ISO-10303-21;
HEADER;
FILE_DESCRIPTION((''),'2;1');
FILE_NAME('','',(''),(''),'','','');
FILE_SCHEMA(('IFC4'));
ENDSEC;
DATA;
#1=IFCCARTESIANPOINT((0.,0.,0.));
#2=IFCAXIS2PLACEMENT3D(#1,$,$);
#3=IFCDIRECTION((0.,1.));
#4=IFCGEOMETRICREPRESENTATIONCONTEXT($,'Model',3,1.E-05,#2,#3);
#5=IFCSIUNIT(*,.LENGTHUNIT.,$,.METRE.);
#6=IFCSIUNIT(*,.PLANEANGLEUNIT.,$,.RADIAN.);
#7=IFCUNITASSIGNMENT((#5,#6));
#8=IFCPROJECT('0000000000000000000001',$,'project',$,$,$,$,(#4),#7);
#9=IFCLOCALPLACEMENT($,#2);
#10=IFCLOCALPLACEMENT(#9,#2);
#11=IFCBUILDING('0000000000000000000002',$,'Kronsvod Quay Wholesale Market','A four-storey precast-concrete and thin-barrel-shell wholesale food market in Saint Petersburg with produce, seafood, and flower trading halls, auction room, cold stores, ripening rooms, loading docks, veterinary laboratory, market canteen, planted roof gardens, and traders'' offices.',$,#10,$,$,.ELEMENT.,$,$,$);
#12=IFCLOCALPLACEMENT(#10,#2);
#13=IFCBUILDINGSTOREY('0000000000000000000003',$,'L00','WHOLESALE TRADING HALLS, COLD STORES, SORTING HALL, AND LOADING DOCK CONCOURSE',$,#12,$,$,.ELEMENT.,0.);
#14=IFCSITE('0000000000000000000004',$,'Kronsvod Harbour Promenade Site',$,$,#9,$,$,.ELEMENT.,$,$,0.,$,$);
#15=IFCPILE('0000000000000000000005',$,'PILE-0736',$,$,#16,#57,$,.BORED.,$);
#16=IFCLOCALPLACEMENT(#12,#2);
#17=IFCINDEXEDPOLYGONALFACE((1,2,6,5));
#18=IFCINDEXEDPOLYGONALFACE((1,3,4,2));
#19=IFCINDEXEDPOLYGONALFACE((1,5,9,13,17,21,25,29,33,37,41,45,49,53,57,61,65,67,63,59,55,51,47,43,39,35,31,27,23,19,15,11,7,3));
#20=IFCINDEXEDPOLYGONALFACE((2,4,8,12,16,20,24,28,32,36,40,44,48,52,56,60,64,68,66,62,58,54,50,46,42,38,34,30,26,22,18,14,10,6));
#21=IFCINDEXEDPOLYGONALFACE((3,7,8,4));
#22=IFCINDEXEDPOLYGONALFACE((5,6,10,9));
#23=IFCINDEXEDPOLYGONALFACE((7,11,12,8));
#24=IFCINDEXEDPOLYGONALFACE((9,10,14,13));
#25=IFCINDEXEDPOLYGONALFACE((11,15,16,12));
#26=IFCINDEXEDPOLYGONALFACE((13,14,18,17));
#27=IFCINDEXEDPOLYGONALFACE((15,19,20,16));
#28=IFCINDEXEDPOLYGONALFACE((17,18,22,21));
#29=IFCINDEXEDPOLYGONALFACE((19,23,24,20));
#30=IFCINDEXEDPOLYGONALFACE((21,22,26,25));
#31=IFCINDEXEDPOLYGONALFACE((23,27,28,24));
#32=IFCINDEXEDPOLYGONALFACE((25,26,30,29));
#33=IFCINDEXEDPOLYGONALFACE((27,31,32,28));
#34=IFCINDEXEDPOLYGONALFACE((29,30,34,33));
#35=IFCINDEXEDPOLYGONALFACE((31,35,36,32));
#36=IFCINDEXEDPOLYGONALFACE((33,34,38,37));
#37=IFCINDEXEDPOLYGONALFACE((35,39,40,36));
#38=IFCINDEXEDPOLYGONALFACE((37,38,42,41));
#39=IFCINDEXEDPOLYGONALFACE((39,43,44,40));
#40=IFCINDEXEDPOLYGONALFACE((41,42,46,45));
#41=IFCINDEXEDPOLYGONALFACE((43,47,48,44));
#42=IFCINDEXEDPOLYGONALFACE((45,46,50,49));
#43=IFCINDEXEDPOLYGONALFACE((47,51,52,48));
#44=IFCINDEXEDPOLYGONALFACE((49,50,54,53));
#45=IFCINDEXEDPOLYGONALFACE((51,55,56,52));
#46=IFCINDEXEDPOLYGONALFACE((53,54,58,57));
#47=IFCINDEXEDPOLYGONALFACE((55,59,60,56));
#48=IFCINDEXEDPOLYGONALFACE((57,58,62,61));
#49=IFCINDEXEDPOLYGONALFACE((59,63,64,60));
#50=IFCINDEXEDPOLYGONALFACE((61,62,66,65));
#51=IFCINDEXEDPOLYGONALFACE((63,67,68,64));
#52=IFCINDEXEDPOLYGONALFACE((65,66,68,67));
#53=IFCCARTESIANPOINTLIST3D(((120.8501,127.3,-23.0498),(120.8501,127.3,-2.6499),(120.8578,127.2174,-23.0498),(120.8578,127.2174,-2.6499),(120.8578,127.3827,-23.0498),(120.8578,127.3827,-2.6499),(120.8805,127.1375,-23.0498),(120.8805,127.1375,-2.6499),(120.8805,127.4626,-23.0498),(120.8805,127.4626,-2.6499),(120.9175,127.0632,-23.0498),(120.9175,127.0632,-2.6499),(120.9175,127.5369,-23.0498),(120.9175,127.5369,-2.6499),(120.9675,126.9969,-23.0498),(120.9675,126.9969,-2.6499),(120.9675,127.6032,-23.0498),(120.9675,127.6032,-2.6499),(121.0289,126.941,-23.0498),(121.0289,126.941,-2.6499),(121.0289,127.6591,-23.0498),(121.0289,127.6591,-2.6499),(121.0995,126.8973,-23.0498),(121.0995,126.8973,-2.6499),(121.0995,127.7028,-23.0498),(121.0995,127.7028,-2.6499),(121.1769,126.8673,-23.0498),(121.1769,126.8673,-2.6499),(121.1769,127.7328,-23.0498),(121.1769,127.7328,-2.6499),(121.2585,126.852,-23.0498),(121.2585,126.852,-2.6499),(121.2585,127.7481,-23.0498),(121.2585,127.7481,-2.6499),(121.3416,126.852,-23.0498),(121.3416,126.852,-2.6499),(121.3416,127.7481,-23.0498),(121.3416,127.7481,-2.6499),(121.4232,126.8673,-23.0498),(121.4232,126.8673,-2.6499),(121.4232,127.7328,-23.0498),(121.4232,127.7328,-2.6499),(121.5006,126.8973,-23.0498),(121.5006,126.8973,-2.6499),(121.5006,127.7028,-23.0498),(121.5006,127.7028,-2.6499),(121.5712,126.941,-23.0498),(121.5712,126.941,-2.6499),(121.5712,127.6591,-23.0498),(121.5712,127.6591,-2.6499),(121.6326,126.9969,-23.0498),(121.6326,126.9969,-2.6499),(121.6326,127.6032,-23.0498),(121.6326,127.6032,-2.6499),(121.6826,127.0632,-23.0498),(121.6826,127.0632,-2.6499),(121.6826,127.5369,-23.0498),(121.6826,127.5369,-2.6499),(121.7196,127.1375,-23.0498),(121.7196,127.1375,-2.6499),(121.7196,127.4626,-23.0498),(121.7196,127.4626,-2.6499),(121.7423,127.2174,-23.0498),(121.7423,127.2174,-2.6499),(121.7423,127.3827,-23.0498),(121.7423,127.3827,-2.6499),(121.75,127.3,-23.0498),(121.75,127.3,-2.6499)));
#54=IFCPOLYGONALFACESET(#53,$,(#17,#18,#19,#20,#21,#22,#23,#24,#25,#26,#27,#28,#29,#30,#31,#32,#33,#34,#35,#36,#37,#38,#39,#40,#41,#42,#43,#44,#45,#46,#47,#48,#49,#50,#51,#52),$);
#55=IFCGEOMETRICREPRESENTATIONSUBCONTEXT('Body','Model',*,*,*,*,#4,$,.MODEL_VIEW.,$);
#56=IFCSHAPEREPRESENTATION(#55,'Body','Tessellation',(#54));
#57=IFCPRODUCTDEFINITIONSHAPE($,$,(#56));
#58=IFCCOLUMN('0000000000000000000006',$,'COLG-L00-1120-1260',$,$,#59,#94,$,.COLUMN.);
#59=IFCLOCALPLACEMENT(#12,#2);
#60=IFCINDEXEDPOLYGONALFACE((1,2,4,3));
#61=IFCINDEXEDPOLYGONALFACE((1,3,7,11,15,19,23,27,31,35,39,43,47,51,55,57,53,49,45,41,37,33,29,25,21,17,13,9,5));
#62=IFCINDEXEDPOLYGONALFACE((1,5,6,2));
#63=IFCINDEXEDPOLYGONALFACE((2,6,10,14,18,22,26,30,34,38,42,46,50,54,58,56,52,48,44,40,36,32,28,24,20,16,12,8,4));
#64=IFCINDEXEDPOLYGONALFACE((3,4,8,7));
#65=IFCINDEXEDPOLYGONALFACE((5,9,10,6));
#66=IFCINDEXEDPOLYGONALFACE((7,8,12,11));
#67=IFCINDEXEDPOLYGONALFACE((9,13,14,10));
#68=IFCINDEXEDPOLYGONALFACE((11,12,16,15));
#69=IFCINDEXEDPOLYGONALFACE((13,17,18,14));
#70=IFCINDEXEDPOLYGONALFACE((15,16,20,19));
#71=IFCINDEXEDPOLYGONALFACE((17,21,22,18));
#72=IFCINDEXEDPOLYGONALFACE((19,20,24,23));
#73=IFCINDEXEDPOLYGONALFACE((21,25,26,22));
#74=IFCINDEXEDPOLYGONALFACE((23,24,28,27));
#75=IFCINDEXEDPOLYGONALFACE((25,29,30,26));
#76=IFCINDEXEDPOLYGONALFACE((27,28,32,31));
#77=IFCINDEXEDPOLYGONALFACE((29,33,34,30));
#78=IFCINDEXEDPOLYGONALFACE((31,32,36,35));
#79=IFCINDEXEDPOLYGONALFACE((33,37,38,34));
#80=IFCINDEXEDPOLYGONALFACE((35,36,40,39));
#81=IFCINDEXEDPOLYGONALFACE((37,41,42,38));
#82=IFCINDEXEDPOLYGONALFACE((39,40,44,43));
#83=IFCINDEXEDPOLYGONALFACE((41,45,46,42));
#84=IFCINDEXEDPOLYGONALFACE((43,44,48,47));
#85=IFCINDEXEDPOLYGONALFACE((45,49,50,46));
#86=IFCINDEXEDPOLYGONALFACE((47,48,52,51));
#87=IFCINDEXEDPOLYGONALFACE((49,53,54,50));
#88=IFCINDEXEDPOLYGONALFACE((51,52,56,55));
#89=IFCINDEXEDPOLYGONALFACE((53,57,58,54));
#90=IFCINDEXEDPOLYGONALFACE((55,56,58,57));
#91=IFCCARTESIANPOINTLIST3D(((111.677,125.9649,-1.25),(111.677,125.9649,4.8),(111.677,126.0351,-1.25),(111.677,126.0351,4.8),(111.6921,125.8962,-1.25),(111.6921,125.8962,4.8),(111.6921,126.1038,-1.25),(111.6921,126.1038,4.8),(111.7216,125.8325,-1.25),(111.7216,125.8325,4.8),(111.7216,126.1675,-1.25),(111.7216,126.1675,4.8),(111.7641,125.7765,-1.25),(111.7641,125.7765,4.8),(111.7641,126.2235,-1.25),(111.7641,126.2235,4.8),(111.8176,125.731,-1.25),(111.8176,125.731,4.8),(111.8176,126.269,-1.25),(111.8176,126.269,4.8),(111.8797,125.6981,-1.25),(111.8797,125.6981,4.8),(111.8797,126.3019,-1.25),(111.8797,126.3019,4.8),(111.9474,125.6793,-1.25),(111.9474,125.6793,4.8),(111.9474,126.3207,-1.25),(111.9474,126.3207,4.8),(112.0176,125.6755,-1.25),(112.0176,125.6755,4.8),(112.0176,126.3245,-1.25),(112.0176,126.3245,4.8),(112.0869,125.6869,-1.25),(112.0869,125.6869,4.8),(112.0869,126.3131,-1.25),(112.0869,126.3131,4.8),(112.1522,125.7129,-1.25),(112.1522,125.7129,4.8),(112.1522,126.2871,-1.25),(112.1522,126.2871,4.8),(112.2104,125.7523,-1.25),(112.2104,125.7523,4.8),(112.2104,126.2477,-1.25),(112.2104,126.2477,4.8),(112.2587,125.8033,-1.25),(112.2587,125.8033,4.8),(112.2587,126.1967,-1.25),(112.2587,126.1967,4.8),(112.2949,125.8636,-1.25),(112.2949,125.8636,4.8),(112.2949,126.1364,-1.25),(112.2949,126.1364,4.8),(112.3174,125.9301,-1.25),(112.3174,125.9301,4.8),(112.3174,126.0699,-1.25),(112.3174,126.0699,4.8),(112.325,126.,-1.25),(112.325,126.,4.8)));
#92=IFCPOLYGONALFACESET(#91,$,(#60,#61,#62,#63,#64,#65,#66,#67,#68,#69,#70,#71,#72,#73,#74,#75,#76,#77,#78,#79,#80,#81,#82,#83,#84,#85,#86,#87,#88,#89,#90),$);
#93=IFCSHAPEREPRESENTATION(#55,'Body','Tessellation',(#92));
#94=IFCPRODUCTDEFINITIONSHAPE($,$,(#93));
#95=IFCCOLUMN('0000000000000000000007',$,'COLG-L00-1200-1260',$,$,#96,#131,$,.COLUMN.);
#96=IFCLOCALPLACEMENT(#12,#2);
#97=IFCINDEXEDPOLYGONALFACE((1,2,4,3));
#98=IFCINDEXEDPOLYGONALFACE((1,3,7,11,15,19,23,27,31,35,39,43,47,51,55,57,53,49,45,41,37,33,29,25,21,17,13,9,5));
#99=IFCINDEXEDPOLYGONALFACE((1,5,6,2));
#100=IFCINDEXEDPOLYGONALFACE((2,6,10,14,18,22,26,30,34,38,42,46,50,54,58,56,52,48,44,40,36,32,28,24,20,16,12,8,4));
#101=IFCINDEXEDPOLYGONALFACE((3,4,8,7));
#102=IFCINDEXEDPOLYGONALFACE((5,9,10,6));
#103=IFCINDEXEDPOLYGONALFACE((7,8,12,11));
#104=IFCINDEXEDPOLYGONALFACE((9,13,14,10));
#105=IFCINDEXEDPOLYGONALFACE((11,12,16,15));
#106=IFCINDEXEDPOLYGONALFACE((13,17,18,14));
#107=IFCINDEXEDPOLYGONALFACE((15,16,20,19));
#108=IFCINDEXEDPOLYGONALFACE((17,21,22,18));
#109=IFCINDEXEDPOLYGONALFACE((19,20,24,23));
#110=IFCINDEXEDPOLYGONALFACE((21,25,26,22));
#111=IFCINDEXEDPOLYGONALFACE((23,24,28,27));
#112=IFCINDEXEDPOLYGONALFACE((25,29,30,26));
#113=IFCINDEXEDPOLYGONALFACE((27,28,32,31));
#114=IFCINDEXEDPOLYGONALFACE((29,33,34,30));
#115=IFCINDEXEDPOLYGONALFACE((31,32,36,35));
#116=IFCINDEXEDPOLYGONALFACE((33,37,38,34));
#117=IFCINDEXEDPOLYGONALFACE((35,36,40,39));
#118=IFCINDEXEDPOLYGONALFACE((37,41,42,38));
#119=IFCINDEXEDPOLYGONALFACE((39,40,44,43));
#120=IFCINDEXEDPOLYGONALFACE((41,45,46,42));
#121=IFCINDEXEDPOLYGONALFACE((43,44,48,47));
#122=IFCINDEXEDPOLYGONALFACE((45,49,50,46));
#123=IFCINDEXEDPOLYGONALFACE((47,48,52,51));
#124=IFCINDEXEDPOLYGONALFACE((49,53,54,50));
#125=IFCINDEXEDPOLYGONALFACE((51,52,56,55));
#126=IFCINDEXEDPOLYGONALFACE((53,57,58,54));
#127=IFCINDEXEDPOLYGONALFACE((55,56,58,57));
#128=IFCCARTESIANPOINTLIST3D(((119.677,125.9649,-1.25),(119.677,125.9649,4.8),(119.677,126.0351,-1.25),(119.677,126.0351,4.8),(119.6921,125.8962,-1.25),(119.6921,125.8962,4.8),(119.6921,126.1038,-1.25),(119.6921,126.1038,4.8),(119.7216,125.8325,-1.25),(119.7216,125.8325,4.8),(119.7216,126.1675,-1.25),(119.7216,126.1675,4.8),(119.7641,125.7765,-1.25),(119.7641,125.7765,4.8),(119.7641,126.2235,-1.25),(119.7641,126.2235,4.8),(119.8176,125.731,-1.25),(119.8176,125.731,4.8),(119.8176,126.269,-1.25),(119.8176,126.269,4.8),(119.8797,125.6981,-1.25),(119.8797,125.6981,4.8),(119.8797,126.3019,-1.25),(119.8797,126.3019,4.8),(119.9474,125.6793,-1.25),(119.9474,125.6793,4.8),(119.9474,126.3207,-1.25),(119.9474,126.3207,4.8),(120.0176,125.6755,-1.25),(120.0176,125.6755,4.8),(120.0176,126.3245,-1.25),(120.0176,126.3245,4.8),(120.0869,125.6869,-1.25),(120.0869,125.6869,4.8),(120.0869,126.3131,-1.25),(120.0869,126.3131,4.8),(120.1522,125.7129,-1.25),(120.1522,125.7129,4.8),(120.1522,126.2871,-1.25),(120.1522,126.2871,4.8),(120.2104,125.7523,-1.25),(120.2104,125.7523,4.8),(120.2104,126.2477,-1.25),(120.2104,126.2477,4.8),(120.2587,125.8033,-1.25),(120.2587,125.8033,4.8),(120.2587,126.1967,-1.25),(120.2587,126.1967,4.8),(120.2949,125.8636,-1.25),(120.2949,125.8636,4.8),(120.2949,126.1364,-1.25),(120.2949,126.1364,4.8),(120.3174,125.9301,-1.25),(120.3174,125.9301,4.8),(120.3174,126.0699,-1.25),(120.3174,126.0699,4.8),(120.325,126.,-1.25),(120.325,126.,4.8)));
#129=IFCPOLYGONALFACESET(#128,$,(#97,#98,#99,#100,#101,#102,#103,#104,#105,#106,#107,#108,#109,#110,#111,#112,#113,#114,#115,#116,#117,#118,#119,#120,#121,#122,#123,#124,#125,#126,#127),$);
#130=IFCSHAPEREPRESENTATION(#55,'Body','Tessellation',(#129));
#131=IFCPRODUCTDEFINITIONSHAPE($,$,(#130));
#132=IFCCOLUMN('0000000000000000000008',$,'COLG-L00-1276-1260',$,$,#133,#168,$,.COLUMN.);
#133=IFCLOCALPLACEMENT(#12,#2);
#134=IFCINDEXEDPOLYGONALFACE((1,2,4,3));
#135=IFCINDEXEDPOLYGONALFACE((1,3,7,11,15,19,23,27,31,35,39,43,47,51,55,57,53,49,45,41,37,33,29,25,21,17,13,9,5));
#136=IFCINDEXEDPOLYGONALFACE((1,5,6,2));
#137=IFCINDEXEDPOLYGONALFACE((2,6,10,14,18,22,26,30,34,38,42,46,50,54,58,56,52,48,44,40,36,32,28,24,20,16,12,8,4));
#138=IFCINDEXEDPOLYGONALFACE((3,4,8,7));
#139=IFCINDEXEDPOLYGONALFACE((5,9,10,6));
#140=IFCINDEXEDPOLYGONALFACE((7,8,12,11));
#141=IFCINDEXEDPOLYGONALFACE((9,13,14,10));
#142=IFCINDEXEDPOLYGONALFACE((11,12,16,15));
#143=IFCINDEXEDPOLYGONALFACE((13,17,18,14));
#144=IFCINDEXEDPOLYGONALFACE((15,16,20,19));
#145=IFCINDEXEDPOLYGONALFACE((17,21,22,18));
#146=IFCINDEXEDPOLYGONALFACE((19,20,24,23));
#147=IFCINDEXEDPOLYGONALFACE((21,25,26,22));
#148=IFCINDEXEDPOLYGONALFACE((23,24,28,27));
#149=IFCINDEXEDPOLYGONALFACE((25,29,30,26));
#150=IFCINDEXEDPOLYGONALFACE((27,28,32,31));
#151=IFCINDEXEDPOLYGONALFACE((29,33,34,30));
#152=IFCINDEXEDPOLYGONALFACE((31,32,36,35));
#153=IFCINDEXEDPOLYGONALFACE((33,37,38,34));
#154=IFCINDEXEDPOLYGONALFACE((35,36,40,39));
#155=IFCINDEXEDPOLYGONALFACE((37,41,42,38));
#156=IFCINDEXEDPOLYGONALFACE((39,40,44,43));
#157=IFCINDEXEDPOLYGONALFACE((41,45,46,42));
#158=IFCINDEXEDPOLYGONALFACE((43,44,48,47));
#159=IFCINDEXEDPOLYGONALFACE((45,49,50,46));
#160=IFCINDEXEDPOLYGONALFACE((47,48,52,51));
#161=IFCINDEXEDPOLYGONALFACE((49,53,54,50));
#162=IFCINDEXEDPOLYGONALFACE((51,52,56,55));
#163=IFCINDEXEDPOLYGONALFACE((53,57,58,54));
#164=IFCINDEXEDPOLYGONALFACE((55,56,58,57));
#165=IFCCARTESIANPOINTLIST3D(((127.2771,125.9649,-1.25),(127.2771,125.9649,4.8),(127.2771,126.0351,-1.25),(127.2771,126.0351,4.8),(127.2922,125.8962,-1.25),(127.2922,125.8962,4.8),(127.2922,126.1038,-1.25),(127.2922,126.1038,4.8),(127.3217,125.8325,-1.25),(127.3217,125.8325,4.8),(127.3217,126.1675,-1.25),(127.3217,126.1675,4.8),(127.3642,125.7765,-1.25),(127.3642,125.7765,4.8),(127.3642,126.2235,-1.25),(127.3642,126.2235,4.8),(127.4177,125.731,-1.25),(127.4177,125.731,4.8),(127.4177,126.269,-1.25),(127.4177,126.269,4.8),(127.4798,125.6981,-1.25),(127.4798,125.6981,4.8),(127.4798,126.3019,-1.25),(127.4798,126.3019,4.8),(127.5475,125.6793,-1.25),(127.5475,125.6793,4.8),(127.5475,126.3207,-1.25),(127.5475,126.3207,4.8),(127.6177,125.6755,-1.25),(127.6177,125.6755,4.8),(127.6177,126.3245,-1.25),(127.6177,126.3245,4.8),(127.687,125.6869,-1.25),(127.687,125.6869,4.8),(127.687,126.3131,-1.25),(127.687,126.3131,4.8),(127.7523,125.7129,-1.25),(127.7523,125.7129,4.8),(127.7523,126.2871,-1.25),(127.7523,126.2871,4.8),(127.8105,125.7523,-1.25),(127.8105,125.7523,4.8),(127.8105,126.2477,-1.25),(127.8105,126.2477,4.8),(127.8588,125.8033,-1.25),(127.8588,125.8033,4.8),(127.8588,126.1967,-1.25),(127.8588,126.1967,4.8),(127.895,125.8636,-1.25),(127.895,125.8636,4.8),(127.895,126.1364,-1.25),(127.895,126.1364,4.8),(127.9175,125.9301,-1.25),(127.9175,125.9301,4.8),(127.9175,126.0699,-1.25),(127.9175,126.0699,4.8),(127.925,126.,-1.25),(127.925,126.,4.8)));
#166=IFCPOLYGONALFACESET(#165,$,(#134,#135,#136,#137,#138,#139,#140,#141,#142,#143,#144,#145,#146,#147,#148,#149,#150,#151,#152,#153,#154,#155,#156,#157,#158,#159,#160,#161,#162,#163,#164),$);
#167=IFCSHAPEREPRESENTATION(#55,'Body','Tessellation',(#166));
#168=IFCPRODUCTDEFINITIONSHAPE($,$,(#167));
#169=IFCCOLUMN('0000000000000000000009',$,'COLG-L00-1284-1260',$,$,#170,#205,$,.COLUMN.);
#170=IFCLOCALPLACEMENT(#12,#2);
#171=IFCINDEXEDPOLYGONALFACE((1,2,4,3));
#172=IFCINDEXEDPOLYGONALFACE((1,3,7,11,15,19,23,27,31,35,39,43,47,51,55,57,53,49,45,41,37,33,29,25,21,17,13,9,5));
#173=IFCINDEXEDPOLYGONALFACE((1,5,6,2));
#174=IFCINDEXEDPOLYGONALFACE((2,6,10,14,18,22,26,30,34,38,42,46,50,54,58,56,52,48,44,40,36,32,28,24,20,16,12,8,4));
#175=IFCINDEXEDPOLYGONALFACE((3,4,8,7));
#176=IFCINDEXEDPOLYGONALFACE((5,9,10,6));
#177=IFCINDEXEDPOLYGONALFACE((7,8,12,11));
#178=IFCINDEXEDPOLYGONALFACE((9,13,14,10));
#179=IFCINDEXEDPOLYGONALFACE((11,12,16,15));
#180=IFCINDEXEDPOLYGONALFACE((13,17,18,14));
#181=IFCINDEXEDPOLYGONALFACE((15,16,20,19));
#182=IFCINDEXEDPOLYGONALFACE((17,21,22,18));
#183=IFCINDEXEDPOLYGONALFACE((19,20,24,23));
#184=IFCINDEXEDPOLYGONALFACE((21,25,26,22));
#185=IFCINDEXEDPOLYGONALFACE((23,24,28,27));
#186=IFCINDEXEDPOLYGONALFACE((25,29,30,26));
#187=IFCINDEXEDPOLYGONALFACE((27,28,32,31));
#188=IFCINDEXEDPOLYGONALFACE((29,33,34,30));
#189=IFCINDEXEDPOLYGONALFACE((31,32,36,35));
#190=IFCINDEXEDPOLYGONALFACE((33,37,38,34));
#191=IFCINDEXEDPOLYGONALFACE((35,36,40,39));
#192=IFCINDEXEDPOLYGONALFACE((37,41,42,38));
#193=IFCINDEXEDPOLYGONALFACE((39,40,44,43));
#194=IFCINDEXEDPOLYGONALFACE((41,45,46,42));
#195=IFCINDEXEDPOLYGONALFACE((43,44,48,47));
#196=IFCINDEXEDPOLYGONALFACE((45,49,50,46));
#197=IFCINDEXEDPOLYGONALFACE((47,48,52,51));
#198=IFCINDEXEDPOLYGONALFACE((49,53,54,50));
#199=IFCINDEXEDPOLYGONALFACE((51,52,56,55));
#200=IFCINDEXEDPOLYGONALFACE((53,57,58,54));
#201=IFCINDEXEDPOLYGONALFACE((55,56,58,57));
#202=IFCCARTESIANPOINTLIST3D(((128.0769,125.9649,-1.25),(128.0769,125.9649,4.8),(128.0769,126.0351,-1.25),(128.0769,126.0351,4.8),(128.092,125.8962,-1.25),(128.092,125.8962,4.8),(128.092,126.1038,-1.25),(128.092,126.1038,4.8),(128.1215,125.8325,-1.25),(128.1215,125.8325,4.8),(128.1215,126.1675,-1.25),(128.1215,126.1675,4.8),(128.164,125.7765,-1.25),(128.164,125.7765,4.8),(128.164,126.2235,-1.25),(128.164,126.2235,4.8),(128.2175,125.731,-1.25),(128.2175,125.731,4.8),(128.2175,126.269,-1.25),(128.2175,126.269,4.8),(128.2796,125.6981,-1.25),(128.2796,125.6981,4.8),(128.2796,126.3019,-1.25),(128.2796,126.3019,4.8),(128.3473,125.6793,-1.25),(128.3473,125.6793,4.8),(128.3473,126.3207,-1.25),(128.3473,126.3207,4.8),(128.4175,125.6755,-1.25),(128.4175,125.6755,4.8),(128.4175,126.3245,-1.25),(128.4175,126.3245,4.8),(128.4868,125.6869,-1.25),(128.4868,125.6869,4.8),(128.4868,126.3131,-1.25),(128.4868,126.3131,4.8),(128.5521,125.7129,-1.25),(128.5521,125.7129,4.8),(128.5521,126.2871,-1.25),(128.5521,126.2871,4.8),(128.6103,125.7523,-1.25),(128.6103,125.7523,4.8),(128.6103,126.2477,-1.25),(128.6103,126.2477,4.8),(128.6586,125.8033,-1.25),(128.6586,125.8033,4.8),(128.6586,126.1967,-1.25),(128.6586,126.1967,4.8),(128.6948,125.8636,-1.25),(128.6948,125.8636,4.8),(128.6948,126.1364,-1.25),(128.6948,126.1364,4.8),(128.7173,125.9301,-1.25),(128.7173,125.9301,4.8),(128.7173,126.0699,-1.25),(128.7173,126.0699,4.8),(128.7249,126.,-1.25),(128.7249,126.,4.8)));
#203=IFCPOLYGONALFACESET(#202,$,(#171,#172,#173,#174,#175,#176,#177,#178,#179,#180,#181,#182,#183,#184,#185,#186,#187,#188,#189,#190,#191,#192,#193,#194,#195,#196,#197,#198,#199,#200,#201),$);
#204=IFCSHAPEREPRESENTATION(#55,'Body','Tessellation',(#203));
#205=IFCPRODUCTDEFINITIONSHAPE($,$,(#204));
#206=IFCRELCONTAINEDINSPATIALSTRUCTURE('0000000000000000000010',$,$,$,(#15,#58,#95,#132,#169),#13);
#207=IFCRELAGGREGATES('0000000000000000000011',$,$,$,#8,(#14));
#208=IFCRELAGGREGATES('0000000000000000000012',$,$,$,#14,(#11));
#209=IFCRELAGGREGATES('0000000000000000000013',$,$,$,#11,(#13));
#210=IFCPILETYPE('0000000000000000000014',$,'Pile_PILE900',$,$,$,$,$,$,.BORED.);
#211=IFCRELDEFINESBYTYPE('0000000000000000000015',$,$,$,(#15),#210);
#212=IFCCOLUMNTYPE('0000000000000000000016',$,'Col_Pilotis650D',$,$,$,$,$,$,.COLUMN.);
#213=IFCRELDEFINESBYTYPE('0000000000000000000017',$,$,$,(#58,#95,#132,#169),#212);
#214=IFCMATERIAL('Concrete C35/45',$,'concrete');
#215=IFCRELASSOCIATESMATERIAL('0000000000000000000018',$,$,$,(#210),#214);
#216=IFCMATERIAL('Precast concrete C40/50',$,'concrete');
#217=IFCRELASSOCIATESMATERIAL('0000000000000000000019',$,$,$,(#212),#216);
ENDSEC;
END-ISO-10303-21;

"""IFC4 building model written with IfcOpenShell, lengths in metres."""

from ifc_helpers import new_model, si_unit, direction, frame, origin, origin_2d, place, context, subcontext, project, spatial, circle, extrude, material, material_profile, profile_set, type_object, element, save


model = new_model("IFC4")

# Units and contexts
model_context = context("Model", 3, precision=1e-05, world=origin(), true_north=direction((0.0, 1.0)))
body_context = subcontext(model_context, "Body", "Model", "MODEL_VIEW")
ifc_project = project(units=[si_unit("LENGTHUNIT", "METRE"), si_unit("PLANEANGLEUNIT", "RADIAN")], contexts=[model_context])

# Site, building, storey
site_placement = place(None, origin())
site = spatial("IfcSite", under=ifc_project, at=site_placement, Name="Kronsvod Harbour Promenade Site", CompositionType="ELEMENT", RefElevation=0.0)
building_placement = place(site_placement, origin())
building = spatial("IfcBuilding", under=site, at=building_placement, Name="Kronsvod Quay Wholesale Market", Description="A four-storey precast-concrete and thin-barrel-shell wholesale food market in Saint Petersburg with produce, seafood, and flower trading halls, auction room, cold stores, ripening rooms, loading docks, veterinary laboratory, market canteen, planted roof gardens, and traders' offices.", CompositionType="ELEMENT")
storey_placement = place(building_placement, origin())
storey = spatial("IfcBuildingStorey", under=building, at=storey_placement, Name="L00", Description="WHOLESALE TRADING HALLS, COLD STORES, SORTING HALL, AND LOADING DOCK CONCOURSE", CompositionType="ELEMENT", Elevation=0.0)

# Pile
ifc_material_1 = material(Name="Concrete C35/45", Category="concrete")
ifc_material_profile_1 = material_profile(ifc_material_1, circle(Radius=0.45, at=origin_2d()), Name="PILE900")
ifc_profile_set_1 = profile_set([ifc_material_profile_1], Name="Concrete C35/45")
pile_type = type_object("IfcPileType", Name="Pile_PILE900", PredefinedType="BORED", material=ifc_profile_set_1)
for number, where, z_axis, x_axis, name in (
    (1, (121.3, 127.3, -2.6499), (0.0, 0.0, -1.0), (1.0, 0.0, 0.0), "PILE-0736"),
):
    element("IfcPile", number, at=place(storey_placement, frame(where, z_axis=z_axis, x_axis=x_axis)), inside=storey, type_object=pile_type, Name=name, PredefinedType="BORED", context=body_context, shape_type="SweptSolid", body=[
        extrude(circle(Radius=0.45, at=origin_2d()), origin(), (0.0, 0.0, 1.0), 20.3999),
    ])

# Columns
ifc_material_2 = material(Name="Precast concrete C40/50", Category="concrete")
ifc_material_profile_2 = material_profile(ifc_material_2, circle(Radius=0.325, at=origin_2d()), Name="PCPIL650D")
ifc_profile_set_2 = profile_set([ifc_material_profile_2], Name="Precast concrete C40/50")
column_type_1 = type_object("IfcColumnType", Name="Col_Pilotis650D", PredefinedType="COLUMN", material=ifc_profile_set_2)
for number, where, z_axis, x_axis, name in (
    (2, (112.0, 126.0, -1.25), (0.0, 0.0, 1.0), (1.0, 0.0, 0.0), "COLG-L00-1120-1260"),
    (3, (120.0, 126.0, -1.25), (0.0, 0.0, 1.0), (1.0, 0.0, 0.0), "COLG-L00-1200-1260"),
    (4, (127.6001, 126.0, -1.25), (0.0, 0.0, 1.0), (1.0, 0.0, 0.0), "COLG-L00-1276-1260"),
    (5, (128.3999, 126.0, -1.25), (0.0, 0.0, 1.0), (1.0, 0.0, 0.0), "COLG-L00-1284-1260"),
):
    element("IfcColumn", number, at=place(storey_placement, frame(where, z_axis=z_axis, x_axis=x_axis)), inside=storey, type_object=column_type_1, Name=name, PredefinedType="COLUMN", context=body_context, shape_type="SweptSolid", body=[
        extrude(circle(Radius=0.325, at=origin_2d()), origin(), (0.0, 0.0, 1.0), 6.05),
    ])

save(model, "model.ifc")
